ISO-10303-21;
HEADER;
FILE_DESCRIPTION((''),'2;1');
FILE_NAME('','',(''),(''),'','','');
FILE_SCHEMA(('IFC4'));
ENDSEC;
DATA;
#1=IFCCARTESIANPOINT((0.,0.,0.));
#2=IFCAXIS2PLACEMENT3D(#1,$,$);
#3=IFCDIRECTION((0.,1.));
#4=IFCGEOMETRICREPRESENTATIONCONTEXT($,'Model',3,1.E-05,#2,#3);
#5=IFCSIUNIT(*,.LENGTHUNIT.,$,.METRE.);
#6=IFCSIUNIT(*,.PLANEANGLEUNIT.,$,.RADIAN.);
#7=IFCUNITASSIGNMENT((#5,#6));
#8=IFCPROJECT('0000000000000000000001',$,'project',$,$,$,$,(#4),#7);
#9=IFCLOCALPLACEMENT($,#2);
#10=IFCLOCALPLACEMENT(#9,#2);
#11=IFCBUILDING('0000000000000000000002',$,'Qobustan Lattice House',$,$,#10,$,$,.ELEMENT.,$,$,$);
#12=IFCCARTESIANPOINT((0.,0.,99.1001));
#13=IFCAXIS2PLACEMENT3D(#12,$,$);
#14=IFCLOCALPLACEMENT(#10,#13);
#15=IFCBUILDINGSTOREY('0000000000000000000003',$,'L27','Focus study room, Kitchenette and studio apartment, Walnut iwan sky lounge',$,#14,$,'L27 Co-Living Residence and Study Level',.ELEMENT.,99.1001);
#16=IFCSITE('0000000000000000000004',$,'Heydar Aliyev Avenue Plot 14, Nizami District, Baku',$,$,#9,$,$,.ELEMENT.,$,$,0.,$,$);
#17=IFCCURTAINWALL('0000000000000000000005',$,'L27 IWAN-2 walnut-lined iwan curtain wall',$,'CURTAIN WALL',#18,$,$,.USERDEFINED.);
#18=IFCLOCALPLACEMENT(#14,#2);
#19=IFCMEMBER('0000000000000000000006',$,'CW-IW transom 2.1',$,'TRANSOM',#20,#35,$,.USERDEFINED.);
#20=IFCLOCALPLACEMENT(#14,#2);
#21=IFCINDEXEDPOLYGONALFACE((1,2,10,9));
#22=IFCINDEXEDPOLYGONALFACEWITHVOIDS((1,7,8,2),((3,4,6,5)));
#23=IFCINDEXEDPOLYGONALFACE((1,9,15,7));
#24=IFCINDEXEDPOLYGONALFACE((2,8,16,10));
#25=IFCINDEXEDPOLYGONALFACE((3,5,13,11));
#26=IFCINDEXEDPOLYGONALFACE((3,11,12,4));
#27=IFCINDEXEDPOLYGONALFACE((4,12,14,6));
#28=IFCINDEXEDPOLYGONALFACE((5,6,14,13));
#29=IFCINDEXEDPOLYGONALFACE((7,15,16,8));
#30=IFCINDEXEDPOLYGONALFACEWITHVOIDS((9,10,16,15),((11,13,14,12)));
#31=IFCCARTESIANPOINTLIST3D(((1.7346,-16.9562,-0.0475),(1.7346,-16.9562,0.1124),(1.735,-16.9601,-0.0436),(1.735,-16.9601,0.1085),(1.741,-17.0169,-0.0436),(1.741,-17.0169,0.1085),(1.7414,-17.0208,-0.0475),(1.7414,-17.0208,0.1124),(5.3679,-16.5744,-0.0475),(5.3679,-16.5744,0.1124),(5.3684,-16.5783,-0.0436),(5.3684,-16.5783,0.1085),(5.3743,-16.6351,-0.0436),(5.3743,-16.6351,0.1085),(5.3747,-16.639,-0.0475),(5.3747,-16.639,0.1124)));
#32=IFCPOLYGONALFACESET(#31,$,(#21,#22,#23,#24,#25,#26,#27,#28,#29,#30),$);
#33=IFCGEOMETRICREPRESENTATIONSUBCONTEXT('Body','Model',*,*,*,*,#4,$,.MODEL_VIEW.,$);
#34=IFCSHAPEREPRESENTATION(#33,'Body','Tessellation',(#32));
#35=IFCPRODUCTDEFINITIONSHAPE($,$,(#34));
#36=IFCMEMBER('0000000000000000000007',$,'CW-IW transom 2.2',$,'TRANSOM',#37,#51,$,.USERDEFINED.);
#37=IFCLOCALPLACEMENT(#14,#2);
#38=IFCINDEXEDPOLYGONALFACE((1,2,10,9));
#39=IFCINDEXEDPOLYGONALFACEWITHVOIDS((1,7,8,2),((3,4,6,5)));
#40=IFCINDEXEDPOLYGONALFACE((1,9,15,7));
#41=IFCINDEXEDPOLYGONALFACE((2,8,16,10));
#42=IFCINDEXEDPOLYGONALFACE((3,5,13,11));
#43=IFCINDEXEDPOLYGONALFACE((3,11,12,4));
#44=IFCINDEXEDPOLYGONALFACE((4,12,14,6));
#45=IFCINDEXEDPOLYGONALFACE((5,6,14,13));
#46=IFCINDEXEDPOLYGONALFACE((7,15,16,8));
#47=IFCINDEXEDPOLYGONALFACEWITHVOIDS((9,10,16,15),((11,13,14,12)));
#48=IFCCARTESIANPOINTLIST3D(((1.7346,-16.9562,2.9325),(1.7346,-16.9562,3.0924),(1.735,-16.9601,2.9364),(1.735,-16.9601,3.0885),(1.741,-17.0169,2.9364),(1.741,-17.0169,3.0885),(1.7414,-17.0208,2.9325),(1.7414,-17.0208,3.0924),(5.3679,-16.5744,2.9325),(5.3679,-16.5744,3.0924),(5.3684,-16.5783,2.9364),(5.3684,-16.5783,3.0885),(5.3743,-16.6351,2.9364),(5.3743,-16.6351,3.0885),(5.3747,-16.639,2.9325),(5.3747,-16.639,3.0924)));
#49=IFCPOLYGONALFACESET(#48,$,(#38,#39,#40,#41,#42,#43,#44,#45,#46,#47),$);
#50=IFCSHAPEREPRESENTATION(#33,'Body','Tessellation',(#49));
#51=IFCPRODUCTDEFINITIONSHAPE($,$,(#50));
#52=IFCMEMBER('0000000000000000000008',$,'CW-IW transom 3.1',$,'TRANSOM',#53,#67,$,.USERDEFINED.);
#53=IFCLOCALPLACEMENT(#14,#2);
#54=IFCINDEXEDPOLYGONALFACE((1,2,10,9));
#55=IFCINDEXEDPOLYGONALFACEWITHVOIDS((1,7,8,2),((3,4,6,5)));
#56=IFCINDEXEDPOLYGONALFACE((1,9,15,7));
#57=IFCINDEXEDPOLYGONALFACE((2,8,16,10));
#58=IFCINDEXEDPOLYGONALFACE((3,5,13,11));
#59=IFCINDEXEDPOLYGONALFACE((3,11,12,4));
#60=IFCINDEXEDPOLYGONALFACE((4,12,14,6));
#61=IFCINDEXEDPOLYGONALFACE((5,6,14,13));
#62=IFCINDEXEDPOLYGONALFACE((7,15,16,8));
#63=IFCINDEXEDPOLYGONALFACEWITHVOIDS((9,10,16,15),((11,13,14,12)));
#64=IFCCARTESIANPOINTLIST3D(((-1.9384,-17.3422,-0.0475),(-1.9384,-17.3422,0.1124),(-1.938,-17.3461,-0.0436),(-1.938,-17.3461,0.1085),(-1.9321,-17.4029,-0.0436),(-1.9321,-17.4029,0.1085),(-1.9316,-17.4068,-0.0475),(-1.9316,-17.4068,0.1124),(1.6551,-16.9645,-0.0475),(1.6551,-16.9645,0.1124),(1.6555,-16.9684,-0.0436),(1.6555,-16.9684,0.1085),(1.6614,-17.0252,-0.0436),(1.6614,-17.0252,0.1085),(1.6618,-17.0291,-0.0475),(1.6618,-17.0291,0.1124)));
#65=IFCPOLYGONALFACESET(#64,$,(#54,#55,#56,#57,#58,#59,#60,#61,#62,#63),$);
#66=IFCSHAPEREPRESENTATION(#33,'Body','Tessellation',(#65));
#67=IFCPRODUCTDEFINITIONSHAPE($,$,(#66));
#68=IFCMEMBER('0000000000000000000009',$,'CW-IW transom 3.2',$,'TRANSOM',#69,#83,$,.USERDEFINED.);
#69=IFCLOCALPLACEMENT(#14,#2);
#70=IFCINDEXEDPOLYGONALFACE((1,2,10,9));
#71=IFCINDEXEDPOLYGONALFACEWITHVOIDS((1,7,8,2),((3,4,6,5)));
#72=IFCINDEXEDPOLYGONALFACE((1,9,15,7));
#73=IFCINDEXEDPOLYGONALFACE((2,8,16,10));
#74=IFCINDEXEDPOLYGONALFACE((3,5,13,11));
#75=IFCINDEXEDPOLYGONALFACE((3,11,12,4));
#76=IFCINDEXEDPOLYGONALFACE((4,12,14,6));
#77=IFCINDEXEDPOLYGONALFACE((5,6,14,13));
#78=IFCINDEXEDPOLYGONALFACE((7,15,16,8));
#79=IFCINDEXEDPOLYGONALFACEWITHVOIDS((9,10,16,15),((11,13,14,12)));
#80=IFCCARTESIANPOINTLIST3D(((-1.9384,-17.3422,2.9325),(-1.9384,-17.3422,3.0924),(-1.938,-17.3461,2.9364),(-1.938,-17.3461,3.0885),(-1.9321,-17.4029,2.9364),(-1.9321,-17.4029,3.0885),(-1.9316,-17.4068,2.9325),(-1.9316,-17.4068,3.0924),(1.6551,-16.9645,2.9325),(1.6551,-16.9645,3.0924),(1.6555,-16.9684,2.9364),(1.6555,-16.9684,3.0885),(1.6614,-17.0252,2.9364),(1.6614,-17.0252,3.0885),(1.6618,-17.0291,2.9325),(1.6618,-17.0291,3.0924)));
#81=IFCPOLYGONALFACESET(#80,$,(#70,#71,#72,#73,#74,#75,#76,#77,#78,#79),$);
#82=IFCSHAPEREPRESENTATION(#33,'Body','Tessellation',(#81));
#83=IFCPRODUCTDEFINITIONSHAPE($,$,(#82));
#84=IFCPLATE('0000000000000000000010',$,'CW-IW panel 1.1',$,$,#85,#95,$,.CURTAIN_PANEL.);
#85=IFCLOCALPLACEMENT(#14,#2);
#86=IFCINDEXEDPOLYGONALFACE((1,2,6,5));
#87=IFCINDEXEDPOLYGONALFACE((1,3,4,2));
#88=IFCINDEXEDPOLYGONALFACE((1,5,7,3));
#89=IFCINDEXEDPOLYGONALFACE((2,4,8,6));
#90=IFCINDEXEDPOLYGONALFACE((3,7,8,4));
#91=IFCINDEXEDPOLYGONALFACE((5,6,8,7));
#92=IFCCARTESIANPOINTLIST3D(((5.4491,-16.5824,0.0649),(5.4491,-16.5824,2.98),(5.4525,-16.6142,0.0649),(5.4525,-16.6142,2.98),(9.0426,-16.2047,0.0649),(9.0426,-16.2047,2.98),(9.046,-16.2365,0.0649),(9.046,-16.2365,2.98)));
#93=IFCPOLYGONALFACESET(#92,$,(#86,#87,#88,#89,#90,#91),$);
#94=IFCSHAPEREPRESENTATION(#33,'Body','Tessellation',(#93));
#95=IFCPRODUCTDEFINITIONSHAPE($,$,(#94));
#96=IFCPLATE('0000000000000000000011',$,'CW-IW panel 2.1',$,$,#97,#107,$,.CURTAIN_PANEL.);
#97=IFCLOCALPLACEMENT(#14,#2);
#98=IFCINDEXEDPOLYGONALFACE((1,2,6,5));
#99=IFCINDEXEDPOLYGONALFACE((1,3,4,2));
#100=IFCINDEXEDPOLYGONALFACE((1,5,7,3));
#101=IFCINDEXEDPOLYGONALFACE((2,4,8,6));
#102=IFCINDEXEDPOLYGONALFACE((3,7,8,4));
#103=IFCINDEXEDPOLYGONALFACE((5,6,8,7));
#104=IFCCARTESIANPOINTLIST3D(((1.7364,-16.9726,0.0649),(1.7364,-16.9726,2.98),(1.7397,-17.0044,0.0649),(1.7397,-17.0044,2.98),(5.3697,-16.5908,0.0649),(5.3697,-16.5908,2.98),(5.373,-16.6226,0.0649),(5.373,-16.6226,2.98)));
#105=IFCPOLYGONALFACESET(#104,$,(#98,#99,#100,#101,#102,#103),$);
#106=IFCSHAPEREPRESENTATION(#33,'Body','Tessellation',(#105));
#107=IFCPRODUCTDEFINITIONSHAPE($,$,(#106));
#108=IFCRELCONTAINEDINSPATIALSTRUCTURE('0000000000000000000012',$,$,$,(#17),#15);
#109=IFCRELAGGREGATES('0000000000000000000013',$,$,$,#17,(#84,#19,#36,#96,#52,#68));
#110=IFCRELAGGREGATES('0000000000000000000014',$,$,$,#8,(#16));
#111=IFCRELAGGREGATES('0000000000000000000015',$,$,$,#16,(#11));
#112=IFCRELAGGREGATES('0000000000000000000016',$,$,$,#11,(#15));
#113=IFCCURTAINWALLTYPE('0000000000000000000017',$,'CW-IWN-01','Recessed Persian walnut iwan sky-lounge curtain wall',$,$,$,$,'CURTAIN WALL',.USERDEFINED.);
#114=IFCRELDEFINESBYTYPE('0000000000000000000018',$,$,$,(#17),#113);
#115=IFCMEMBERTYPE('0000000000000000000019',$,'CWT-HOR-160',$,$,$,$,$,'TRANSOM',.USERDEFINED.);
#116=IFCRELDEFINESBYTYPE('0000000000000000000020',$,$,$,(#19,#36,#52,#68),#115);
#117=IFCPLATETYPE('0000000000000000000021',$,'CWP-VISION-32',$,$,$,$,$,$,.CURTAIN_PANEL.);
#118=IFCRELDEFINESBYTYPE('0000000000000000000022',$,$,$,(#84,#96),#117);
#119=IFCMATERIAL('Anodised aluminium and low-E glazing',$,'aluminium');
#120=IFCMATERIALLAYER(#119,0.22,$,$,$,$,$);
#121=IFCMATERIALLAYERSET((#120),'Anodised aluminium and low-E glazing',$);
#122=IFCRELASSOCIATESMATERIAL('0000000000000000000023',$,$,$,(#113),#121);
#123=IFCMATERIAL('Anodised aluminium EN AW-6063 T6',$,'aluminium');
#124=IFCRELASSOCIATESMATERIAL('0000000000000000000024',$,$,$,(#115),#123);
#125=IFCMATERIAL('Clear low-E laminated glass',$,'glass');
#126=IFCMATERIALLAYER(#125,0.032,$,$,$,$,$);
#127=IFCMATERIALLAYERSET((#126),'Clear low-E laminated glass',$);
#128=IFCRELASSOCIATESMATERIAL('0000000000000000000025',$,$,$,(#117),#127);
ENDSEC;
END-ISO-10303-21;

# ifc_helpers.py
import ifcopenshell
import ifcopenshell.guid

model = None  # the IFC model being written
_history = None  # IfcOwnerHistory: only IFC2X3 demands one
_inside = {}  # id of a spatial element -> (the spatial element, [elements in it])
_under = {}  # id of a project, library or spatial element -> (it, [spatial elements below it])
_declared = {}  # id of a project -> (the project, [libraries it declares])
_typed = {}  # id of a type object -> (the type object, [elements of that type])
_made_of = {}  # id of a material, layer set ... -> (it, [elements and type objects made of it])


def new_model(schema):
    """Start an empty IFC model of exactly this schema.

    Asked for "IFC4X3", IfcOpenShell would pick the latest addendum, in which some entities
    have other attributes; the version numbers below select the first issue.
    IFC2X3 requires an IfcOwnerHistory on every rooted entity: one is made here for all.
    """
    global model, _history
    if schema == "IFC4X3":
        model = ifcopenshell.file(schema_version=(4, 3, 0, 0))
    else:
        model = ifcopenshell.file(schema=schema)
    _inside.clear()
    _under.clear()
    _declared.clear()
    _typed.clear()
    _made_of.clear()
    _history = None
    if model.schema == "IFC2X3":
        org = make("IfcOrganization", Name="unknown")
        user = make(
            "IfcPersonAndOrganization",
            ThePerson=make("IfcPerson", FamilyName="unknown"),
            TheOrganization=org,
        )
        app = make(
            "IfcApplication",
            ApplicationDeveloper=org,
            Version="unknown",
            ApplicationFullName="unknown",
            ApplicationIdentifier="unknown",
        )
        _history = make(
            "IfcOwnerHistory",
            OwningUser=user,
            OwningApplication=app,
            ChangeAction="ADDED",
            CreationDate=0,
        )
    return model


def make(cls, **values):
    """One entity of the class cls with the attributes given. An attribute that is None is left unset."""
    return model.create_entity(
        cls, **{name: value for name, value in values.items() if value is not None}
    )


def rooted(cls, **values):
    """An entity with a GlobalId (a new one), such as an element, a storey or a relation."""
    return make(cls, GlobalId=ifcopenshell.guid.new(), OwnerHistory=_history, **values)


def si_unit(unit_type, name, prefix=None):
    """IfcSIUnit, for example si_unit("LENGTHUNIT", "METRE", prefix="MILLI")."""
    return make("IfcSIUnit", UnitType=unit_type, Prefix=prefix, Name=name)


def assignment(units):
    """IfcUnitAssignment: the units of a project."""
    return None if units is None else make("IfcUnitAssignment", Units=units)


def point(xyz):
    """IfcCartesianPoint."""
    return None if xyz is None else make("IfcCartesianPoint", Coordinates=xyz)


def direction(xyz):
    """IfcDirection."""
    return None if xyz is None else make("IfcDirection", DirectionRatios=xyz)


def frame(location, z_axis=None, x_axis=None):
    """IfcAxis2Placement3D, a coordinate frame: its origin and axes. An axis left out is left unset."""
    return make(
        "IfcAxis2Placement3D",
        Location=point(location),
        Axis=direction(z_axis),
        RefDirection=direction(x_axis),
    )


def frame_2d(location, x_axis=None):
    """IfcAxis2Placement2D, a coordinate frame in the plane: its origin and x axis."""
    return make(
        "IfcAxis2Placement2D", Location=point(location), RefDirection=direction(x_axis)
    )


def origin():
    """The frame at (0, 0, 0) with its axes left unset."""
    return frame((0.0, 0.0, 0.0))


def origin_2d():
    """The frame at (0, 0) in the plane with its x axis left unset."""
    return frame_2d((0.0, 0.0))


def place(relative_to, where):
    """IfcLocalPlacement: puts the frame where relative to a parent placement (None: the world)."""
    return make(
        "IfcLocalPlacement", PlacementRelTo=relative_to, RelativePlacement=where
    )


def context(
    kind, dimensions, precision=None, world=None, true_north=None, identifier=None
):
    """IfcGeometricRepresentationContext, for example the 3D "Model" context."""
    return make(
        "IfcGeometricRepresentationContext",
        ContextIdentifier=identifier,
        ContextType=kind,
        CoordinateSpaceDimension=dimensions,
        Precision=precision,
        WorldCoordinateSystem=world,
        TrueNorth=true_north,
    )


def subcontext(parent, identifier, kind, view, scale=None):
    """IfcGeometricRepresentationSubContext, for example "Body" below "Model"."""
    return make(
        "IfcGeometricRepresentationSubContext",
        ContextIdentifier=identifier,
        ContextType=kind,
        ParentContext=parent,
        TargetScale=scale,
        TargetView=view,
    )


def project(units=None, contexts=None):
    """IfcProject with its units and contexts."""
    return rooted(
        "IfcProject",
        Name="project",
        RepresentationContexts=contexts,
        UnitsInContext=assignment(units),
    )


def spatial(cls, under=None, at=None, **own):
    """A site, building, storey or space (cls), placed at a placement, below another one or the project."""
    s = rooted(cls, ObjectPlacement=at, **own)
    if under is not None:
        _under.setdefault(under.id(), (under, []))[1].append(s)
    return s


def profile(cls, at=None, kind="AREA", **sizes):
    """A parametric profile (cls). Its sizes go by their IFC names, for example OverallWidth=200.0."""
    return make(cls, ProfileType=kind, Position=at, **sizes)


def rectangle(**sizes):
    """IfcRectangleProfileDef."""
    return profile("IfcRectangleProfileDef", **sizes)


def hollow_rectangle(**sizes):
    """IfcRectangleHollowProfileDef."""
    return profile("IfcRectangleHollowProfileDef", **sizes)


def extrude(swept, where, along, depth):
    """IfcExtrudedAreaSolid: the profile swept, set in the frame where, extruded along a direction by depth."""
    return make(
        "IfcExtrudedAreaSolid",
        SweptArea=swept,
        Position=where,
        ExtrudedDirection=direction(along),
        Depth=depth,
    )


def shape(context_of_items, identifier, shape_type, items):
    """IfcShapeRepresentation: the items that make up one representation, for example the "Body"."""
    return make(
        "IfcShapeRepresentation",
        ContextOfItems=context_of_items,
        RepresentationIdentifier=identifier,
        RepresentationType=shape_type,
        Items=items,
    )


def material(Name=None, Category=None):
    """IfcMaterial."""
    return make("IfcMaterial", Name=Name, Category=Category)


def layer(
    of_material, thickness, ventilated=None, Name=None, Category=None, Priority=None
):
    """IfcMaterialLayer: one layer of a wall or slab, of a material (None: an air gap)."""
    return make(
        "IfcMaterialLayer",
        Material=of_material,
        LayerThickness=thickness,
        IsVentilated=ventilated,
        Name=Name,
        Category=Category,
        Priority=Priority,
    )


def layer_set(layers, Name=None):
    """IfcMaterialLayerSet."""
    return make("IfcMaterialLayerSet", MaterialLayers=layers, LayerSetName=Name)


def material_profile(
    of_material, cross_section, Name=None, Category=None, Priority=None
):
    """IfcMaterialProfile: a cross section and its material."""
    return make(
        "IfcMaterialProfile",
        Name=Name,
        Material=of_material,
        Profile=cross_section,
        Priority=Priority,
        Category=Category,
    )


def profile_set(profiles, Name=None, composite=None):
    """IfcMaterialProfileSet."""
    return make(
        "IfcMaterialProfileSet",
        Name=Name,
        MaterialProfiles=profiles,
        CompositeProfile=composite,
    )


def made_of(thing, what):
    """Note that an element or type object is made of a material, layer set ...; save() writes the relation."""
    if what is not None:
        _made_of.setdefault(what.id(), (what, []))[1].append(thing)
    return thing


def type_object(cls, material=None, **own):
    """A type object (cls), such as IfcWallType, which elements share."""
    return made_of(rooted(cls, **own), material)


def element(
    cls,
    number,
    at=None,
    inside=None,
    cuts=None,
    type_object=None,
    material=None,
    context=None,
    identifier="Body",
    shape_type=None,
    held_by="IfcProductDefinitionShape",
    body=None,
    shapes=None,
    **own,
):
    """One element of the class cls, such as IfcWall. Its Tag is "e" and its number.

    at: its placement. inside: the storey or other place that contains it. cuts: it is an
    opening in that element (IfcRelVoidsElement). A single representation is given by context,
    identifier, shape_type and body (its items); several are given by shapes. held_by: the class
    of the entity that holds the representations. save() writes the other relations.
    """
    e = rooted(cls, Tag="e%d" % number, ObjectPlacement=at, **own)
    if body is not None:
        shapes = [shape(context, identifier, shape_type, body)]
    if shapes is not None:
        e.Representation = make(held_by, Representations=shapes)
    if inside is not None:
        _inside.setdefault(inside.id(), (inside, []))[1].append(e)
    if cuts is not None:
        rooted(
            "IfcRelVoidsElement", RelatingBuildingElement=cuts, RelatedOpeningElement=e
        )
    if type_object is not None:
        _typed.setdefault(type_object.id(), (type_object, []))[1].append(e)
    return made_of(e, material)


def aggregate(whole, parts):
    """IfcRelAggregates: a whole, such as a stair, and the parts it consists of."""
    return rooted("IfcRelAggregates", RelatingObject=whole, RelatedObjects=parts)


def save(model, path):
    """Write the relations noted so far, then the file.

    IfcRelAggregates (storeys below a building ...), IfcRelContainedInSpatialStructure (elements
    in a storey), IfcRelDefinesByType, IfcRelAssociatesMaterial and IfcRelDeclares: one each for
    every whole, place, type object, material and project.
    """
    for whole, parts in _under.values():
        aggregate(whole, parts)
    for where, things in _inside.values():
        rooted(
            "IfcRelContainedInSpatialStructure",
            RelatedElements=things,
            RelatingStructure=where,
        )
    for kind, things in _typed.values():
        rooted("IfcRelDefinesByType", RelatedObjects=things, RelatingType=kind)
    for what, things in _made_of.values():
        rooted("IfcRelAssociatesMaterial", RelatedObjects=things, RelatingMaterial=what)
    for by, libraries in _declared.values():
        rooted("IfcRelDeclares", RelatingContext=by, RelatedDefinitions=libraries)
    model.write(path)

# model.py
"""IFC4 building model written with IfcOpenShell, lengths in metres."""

from ifc_helpers import new_model, si_unit, direction, frame, origin, origin_2d, place, context, subcontext, project, spatial, rectangle, hollow_rectangle, extrude, material, layer, layer_set, material_profile, profile_set, type_object, element, aggregate, save


model = new_model("IFC4")

# Units and contexts
model_context = context("Model", 3, precision=1e-05, world=origin(), true_north=direction((0.0, 1.0)))
body_context = subcontext(model_context, "Body", "Model", "MODEL_VIEW")
ifc_project = project(units=[si_unit("LENGTHUNIT", "METRE"), si_unit("PLANEANGLEUNIT", "RADIAN")], contexts=[model_context])

# Site, building, storey
site_placement = place(None, origin())
site = spatial("IfcSite", under=ifc_project, at=site_placement, Name="Heydar Aliyev Avenue Plot 14, Nizami District, Baku", CompositionType="ELEMENT", RefElevation=0.0)
building_placement = place(site_placement, origin())
building = spatial("IfcBuilding", under=site, at=building_placement, Name="Qobustan Lattice House", CompositionType="ELEMENT")
storey_placement = place(building_placement, frame((0.0, 0.0, 99.1001)))
storey = spatial("IfcBuildingStorey", under=building, at=storey_placement, Name="L27", Description="Focus study room, Kitchenette and studio apartment, Walnut iwan sky lounge", LongName="L27 Co-Living Residence and Study Level", CompositionType="ELEMENT", Elevation=99.1001)

# Curtain wall, members, plates
ifc_material_1 = material(Name="Anodised aluminium and low-E glazing", Category="aluminium")
ifc_layer_1 = layer(ifc_material_1, 0.22)
ifc_layer_set_1 = layer_set([ifc_layer_1], Name="Anodised aluminium and low-E glazing")
curtain_wall_type = type_object("IfcCurtainWallType", Name="CW-IWN-01", Description="Recessed Persian walnut iwan sky-lounge curtain wall", ElementType="CURTAIN WALL", PredefinedType="USERDEFINED", material=ifc_layer_set_1)
curtain_wall_placement = place(storey_placement, origin())
curtain_wall = element("IfcCurtainWall", 1, at=curtain_wall_placement, inside=storey, type_object=curtain_wall_type, Name="L27 IWAN-2 walnut-lined iwan curtain wall", ObjectType="CURTAIN WALL", PredefinedType="USERDEFINED")
ifc_material_2 = material(Name="Anodised aluminium EN AW-6063 T6", Category="aluminium")
ifc_material_profile_1 = material_profile(ifc_material_2, hollow_rectangle(XDim=0.0649, YDim=0.1599, WallThickness=0.0039, at=origin_2d()), Name="CWT-160x65")
ifc_profile_set_1 = profile_set([ifc_material_profile_1], Name="Anodised aluminium EN AW-6063 T6")
member_type_1 = type_object("IfcMemberType", Name="CWT-HOR-160", ElementType="TRANSOM", PredefinedType="USERDEFINED", material=ifc_profile_set_1)
member_1_placement = place(storey_placement, frame((5.3713, -16.6067, 0.0325), z_axis=(-0.994523, -0.104518, 0.0), x_axis=(0.104518, -0.994523, 0.0)))
member_1 = element("IfcMember", 2, at=member_1_placement, type_object=member_type_1, Name="CW-IW transom 2.1", ObjectType="TRANSOM", PredefinedType="USERDEFINED", context=body_context, shape_type="SweptSolid", body=[
    extrude(hollow_rectangle(XDim=0.0649, YDim=0.1599, WallThickness=0.0039, at=origin_2d()), origin(), (0.0, 0.0, 1.0), 3.6533),
])
member_2_placement = place(storey_placement, frame((5.3713, -16.6067, 3.0125), z_axis=(-0.994523, -0.104518, 0.0), x_axis=(0.104518, -0.994523, 0.0)))
member_2 = element("IfcMember", 3, at=member_2_placement, type_object=member_type_1, Name="CW-IW transom 2.2", ObjectType="TRANSOM", PredefinedType="USERDEFINED", context=body_context, shape_type="SweptSolid", body=[
    extrude(hollow_rectangle(XDim=0.0649, YDim=0.1599, WallThickness=0.0039, at=origin_2d()), origin(), (0.0, 0.0, 1.0), 3.6533),
])
member_3_placement = place(storey_placement, frame((1.6584, -16.9968, 0.0325), z_axis=(-0.994522, -0.104527, 0.0), x_axis=(0.104527, -0.994522, 0.0)))
member_3 = element("IfcMember", 4, at=member_3_placement, type_object=member_type_1, Name="CW-IW transom 3.1", ObjectType="TRANSOM", PredefinedType="USERDEFINED", context=body_context, shape_type="SweptSolid", body=[
    extrude(hollow_rectangle(XDim=0.0649, YDim=0.1599, WallThickness=0.0039, at=origin_2d()), origin(), (0.0, 0.0, 1.0), 3.6133),
])
member_4_placement = place(storey_placement, frame((1.6584, -16.9968, 3.0125), z_axis=(-0.994522, -0.104527, 0.0), x_axis=(0.104527, -0.994522, 0.0)))
member_4 = element("IfcMember", 5, at=member_4_placement, type_object=member_type_1, Name="CW-IW transom 3.2", ObjectType="TRANSOM", PredefinedType="USERDEFINED", context=body_context, shape_type="SweptSolid", body=[
    extrude(hollow_rectangle(XDim=0.0649, YDim=0.1599, WallThickness=0.0039, at=origin_2d()), origin(), (0.0, 0.0, 1.0), 3.6133),
])
ifc_material_3 = material(Name="Clear low-E laminated glass", Category="glass")
ifc_layer_2 = layer(ifc_material_3, 0.032)
ifc_layer_set_2 = layer_set([ifc_layer_2], Name="Clear low-E laminated glass")
plate_type = type_object("IfcPlateType", Name="CWP-VISION-32", PredefinedType="CURTAIN_PANEL", material=ifc_layer_set_2)
plate_1_placement = place(storey_placement, frame((7.2476, -16.4094, 0.0649), z_axis=(0.0, 0.0, 1.0), x_axis=(-0.994522, -0.104526, 0.0)))
plate_1 = element("IfcPlate", 6, at=plate_1_placement, type_object=plate_type, Name="CW-IW panel 1.1", PredefinedType="CURTAIN_PANEL", context=body_context, shape_type="SweptSolid", body=[
    extrude(rectangle(XDim=3.6133, YDim=0.032, at=origin_2d()), origin(), (0.0, 0.0, 1.0), 2.915),
])
plate_2_placement = place(storey_placement, frame((3.5547, -16.7976, 0.0649), z_axis=(0.0, 0.0, 1.0), x_axis=(-0.994522, -0.104526, 0.0)))
plate_2 = element("IfcPlate", 7, at=plate_2_placement, type_object=plate_type, Name="CW-IW panel 2.1", PredefinedType="CURTAIN_PANEL", context=body_context, shape_type="SweptSolid", body=[
    extrude(rectangle(XDim=3.6533, YDim=0.032, at=origin_2d()), origin(), (0.0, 0.0, 1.0), 2.915),
])
aggregate(curtain_wall, [plate_1, member_1, member_2, plate_2, member_3, member_4])

save(model, "model.ifc")
